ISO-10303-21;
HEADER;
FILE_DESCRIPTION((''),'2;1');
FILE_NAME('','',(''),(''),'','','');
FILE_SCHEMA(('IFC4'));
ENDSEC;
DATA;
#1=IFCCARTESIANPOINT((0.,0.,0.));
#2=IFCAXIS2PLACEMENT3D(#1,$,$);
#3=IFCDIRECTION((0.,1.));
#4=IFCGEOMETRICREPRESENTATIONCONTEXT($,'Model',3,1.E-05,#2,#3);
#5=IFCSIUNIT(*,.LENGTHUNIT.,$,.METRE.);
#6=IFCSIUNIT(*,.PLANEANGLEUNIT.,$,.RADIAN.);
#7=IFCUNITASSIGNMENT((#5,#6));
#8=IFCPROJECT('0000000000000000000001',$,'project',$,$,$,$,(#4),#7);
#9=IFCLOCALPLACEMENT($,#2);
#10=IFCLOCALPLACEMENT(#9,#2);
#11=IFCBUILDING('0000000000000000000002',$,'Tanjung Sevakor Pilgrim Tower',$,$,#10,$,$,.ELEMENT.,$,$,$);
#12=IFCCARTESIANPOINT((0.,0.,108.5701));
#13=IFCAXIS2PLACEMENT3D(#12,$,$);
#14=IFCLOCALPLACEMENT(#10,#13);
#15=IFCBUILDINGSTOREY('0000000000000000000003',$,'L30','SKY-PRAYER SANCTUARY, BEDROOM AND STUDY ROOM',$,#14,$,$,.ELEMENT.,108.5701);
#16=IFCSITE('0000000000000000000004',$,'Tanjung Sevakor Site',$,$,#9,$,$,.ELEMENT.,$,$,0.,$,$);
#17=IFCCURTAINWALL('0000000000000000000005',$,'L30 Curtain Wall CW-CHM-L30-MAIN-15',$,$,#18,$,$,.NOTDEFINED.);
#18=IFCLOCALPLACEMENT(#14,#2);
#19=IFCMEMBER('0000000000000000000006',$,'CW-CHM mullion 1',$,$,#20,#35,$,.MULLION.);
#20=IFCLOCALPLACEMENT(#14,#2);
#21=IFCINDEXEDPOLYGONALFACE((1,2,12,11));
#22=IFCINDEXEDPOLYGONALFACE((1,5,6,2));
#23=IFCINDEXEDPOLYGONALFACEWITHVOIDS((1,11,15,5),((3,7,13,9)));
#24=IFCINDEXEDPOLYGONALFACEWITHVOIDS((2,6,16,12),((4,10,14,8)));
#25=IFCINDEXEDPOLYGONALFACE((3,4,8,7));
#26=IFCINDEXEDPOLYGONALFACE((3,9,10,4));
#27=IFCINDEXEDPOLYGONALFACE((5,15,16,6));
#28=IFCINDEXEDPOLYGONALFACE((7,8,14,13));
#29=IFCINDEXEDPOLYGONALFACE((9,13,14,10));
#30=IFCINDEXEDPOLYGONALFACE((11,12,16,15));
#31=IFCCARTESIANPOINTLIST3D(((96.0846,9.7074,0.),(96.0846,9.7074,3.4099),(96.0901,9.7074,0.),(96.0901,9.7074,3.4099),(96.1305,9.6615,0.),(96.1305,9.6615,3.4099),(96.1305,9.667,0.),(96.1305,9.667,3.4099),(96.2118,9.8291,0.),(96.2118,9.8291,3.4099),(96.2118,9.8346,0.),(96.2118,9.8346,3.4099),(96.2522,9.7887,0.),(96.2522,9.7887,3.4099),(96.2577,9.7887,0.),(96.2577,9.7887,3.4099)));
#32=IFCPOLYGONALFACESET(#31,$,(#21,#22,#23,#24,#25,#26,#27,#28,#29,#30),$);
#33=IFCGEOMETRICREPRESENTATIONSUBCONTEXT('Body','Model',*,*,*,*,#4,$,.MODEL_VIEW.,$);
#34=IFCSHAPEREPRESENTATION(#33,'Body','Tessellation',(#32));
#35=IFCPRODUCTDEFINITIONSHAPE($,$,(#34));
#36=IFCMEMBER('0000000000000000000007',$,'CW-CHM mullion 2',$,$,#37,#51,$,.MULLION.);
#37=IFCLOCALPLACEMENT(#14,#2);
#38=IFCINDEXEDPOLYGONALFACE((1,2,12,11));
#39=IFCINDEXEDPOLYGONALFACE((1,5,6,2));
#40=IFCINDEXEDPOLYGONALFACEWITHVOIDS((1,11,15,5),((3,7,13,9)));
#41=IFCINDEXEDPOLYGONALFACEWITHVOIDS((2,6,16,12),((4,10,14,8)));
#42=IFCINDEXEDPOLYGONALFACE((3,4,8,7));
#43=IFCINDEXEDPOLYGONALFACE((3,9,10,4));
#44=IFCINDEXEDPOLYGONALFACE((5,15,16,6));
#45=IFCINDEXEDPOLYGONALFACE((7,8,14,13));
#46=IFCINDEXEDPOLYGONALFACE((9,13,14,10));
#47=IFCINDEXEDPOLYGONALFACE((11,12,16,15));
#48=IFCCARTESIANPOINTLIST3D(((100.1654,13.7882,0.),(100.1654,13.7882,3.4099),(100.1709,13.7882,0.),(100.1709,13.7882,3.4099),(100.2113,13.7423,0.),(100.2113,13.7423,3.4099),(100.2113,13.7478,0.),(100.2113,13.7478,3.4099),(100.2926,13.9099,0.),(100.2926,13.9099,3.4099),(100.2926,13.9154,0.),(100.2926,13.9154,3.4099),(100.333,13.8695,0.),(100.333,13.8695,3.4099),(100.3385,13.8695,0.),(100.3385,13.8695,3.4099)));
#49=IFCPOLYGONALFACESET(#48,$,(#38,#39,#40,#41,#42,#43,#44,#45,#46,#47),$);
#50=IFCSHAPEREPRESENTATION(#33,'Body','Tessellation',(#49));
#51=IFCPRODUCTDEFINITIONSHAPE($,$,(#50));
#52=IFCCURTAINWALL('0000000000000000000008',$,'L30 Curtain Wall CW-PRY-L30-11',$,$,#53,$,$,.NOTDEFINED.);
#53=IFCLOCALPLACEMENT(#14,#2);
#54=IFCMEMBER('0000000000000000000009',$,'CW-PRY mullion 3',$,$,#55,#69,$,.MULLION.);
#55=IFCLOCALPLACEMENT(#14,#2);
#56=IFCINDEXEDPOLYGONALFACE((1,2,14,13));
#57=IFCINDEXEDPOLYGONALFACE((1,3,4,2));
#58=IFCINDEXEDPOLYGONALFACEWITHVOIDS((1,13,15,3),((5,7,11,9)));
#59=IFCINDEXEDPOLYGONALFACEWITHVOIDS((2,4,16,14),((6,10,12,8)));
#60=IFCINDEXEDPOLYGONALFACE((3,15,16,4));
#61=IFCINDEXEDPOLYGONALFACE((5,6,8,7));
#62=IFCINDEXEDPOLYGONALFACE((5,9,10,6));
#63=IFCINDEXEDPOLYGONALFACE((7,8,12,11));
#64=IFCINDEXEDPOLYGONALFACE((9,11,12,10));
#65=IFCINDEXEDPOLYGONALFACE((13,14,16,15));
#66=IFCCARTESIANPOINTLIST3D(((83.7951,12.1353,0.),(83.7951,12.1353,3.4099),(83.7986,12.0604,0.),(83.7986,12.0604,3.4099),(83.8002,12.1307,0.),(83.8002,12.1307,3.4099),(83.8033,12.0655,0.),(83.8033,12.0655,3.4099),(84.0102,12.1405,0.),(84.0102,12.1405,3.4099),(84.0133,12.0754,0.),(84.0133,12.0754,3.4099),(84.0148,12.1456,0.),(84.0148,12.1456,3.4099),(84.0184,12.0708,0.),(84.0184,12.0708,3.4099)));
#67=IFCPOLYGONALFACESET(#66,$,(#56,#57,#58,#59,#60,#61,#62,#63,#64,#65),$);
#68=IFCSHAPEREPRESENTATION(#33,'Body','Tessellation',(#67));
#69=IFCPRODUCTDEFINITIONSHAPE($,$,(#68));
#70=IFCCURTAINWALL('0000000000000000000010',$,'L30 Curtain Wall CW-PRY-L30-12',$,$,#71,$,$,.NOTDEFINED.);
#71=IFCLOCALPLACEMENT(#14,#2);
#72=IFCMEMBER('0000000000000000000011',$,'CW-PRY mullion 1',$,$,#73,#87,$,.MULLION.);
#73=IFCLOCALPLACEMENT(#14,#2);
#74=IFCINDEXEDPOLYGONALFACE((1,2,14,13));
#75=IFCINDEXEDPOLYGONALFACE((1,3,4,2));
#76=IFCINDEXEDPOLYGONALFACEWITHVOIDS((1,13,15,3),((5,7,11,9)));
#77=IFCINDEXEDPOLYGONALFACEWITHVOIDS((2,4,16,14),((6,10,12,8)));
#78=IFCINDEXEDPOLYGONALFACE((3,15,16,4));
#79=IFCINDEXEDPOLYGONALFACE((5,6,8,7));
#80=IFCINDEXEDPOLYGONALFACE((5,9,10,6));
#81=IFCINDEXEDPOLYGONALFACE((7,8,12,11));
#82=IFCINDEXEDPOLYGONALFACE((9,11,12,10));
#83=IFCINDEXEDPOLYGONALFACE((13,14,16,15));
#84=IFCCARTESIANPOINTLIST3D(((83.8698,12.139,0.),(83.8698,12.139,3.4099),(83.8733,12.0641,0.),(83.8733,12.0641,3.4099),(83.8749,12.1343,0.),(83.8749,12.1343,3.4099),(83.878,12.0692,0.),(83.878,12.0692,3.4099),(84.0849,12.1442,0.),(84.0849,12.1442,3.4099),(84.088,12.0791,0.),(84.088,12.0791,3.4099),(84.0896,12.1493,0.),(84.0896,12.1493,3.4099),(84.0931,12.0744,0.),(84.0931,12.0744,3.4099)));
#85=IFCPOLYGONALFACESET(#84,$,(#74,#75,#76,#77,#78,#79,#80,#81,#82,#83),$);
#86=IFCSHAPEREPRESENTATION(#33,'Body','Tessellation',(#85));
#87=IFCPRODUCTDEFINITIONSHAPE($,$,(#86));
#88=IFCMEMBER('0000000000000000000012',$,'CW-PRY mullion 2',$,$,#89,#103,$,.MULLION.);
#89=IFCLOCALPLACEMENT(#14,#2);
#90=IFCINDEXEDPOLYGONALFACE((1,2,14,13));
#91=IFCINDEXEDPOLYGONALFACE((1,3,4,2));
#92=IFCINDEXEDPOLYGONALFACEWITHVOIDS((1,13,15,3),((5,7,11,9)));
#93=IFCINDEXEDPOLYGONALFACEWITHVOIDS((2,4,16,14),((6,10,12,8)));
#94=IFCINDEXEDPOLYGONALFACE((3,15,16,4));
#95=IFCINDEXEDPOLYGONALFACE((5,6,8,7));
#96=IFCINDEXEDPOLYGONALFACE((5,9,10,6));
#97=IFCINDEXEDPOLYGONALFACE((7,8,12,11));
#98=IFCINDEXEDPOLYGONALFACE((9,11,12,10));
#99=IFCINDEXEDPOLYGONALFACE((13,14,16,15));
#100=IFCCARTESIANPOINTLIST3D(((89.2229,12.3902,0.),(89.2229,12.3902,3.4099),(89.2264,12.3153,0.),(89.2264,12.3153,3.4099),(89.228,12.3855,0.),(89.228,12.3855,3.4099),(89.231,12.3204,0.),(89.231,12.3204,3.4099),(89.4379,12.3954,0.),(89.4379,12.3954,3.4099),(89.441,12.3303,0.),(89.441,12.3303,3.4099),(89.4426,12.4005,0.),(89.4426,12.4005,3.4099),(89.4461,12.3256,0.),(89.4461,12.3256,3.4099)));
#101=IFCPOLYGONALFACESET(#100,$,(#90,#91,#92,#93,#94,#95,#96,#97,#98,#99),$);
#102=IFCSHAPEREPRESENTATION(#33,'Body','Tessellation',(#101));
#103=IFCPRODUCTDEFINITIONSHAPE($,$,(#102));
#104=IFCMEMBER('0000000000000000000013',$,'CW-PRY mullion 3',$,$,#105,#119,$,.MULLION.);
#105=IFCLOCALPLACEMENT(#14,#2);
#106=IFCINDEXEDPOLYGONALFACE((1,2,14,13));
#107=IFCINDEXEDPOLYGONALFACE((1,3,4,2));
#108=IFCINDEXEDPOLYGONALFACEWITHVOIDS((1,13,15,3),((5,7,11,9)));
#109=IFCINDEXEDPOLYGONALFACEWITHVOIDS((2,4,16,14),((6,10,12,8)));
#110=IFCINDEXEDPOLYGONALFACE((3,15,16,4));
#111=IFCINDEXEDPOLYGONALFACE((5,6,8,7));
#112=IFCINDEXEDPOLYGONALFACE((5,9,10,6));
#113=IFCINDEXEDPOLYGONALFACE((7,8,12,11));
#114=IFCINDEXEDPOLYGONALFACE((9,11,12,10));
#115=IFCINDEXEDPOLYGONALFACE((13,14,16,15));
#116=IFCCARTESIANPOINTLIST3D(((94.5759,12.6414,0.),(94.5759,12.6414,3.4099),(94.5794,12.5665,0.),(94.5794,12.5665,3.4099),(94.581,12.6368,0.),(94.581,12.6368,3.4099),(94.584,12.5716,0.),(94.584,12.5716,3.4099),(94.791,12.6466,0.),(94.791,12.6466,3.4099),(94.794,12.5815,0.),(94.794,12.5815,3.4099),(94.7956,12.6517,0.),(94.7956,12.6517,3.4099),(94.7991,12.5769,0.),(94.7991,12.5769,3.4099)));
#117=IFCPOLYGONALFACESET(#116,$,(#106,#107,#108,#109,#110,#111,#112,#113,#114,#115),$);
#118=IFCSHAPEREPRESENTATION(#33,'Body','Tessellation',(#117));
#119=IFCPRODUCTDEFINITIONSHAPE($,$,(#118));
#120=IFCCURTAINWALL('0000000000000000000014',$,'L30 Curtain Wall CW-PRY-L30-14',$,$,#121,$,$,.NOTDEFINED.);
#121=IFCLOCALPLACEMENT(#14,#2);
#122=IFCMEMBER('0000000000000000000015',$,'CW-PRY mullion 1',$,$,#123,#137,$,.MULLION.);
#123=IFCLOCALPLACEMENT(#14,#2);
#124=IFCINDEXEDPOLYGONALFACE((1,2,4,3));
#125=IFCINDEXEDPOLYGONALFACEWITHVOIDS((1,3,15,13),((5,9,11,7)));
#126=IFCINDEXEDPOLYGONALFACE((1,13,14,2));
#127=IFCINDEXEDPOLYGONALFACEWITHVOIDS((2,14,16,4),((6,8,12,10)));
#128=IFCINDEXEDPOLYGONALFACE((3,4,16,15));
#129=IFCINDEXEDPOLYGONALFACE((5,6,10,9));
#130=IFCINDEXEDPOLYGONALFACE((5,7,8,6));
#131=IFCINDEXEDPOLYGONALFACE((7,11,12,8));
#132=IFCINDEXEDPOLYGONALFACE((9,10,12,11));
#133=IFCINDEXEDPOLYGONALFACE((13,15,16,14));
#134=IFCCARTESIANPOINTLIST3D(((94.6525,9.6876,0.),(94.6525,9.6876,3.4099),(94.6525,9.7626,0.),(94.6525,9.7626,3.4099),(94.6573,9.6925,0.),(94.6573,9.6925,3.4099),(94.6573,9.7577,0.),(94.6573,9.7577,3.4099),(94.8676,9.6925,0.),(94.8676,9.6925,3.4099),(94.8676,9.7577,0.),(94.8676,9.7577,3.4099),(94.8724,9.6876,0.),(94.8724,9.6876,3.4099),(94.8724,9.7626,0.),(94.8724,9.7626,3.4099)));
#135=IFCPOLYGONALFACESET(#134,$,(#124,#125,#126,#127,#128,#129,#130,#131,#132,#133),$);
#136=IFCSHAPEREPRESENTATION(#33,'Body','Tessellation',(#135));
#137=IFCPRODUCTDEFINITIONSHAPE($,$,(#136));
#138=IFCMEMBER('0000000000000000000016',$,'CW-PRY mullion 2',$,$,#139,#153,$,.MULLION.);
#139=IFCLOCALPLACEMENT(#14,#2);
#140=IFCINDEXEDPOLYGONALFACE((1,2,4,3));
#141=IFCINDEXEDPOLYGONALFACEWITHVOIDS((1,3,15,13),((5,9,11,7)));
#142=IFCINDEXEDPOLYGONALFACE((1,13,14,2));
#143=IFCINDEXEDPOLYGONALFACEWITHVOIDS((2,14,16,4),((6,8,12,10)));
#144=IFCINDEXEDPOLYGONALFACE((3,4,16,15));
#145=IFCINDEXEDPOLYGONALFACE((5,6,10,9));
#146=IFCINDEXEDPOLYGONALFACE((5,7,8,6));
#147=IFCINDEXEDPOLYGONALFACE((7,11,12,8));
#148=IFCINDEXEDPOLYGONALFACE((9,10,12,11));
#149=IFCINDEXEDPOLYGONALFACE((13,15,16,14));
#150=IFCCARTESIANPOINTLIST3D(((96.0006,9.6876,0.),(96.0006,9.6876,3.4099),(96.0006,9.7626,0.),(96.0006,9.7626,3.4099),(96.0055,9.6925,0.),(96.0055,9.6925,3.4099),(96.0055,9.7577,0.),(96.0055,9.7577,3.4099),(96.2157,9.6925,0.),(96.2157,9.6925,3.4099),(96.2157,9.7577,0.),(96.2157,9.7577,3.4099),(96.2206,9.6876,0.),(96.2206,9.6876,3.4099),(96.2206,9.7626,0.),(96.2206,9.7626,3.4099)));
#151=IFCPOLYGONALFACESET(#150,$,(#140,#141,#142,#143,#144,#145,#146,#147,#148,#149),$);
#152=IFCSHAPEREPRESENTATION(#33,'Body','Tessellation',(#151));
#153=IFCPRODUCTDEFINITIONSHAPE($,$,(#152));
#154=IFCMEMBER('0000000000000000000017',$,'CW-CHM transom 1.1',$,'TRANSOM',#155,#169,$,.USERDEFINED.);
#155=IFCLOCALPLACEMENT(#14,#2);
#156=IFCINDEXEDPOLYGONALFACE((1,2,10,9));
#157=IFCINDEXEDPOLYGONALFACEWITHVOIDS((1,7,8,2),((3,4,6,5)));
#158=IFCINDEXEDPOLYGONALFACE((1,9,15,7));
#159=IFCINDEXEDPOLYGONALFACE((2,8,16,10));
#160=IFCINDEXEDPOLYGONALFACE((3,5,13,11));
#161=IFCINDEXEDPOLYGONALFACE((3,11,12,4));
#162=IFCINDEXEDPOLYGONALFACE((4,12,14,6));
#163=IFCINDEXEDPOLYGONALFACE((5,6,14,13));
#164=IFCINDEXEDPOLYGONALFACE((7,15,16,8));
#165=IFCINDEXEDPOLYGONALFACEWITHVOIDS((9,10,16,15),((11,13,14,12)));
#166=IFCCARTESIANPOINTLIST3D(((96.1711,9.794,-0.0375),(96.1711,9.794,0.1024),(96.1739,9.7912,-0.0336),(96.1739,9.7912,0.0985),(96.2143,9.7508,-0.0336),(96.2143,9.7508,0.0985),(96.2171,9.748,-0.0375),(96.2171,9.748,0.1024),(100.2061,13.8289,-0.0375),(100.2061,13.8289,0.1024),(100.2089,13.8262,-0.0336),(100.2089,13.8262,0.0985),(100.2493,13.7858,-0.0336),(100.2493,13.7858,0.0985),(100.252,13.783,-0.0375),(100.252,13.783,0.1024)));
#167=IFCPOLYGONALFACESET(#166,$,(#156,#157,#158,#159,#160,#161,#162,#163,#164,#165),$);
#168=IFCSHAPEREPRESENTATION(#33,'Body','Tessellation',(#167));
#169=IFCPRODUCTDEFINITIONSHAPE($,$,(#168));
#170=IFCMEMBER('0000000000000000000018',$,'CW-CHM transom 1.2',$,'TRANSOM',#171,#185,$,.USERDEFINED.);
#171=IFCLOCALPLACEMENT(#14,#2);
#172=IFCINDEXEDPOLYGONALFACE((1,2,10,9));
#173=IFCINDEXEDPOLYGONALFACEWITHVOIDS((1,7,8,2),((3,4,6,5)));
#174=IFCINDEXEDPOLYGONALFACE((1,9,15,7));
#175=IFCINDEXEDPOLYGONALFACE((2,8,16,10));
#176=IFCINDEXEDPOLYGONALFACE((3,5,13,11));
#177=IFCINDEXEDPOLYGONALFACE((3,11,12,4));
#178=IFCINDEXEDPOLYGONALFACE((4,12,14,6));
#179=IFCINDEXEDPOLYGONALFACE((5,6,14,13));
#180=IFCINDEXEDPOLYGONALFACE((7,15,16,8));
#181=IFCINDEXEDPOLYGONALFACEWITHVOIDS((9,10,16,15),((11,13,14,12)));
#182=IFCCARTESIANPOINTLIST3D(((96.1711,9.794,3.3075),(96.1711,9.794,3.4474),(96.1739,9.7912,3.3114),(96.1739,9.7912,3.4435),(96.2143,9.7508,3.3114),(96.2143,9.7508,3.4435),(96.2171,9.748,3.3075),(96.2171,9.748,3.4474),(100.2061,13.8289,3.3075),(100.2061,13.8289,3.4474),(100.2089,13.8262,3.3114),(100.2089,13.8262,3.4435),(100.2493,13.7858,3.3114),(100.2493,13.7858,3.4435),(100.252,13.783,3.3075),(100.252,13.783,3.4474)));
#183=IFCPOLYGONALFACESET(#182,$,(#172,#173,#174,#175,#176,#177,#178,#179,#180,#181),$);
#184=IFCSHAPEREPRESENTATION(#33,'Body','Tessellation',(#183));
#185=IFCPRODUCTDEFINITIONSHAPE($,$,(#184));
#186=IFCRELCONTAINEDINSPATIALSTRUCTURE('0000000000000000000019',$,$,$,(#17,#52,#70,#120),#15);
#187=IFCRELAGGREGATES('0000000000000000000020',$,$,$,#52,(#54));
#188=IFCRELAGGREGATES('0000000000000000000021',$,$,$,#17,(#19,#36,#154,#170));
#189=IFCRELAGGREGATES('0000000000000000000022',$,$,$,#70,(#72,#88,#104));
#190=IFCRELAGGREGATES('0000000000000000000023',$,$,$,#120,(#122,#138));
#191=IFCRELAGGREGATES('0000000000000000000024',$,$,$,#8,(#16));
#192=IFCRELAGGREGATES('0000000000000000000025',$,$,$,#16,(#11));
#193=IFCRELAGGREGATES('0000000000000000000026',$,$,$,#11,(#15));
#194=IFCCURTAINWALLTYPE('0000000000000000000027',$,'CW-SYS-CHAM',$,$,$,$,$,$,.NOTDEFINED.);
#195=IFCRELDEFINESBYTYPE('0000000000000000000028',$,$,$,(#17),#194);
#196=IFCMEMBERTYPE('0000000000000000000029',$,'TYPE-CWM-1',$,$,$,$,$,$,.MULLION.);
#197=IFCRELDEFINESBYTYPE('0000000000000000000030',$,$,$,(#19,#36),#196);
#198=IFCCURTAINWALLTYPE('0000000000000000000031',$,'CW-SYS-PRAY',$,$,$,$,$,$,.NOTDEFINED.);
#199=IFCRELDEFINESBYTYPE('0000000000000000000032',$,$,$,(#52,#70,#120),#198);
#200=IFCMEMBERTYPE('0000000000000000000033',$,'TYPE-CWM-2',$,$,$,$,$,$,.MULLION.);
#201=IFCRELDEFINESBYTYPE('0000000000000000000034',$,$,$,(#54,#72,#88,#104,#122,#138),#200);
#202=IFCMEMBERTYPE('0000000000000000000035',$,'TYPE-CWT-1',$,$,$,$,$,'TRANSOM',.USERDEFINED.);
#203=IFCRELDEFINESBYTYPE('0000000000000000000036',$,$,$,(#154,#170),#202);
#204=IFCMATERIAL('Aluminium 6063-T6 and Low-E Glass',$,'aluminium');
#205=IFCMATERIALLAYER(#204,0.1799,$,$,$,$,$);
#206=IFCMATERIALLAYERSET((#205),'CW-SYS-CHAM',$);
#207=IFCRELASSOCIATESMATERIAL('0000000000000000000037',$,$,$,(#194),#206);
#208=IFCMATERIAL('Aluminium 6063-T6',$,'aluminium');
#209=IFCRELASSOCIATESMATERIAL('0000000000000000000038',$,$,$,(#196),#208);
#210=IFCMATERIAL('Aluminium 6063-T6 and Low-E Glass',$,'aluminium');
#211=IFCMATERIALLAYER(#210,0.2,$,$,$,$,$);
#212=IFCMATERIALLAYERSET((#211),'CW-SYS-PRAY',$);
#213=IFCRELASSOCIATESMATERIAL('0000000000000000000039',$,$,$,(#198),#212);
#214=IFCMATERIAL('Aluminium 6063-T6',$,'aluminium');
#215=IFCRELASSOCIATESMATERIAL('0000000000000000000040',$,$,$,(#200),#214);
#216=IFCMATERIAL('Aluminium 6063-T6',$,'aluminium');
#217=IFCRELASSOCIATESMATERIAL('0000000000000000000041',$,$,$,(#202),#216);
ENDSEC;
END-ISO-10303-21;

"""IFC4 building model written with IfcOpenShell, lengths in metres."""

from ifc_helpers import new_model, si_unit, direction, frame, origin, origin_2d, place, context, subcontext, project, spatial, hollow_rectangle, extrude, material, layer, layer_set, material_profile, profile_set, type_object, element, aggregate, save


model = new_model("IFC4")

# Units and contexts
model_context = context("Model", 3, precision=1e-05, world=origin(), true_north=direction((0.0, 1.0)))
body_context = subcontext(model_context, "Body", "Model", "MODEL_VIEW")
ifc_project = project(units=[si_unit("LENGTHUNIT", "METRE"), si_unit("PLANEANGLEUNIT", "RADIAN")], contexts=[model_context])

# Site, building, storey
site_placement = place(None, origin())
site = spatial("IfcSite", under=ifc_project, at=site_placement, Name="Tanjung Sevakor Site", CompositionType="ELEMENT", RefElevation=0.0)
building_placement = place(site_placement, origin())
building = spatial("IfcBuilding", under=site, at=building_placement, Name="Tanjung Sevakor Pilgrim Tower", CompositionType="ELEMENT")
storey_placement = place(building_placement, frame((0.0, 0.0, 108.5701)))
storey = spatial("IfcBuildingStorey", under=building, at=storey_placement, Name="L30", Description="SKY-PRAYER SANCTUARY, BEDROOM AND STUDY ROOM", CompositionType="ELEMENT", Elevation=108.5701)

# Curtain wall, members
ifc_material_1 = material(Name="Aluminium 6063-T6 and Low-E Glass", Category="aluminium")
ifc_layer_1 = layer(ifc_material_1, 0.1799)
ifc_layer_set_1 = layer_set([ifc_layer_1], Name="CW-SYS-CHAM")
curtain_wall_type_1 = type_object("IfcCurtainWallType", Name="CW-SYS-CHAM", PredefinedType="NOTDEFINED", material=ifc_layer_set_1)
curtain_wall_1_placement = place(storey_placement, origin())
curtain_wall_1 = element("IfcCurtainWall", 1, at=curtain_wall_1_placement, inside=storey, type_object=curtain_wall_type_1, Name="L30 Curtain Wall CW-CHM-L30-MAIN-15", PredefinedType="NOTDEFINED")
ifc_material_2 = material(Name="Aluminium 6063-T6", Category="aluminium")
ifc_material_profile_1 = material_profile(ifc_material_2, hollow_rectangle(XDim=0.0649, YDim=0.1799, WallThickness=0.0039, at=origin_2d()))
ifc_profile_set_1 = profile_set([ifc_material_profile_1], Name="Aluminium 6063-T6")
member_type_1 = type_object("IfcMemberType", Name="TYPE-CWM-1", PredefinedType="MULLION", material=ifc_profile_set_1)
member_1_placement = place(storey_placement, frame((96.1711, 9.748, 0.0), z_axis=(0.0, 0.0, 1.0), x_axis=(-0.707107, 0.707107, 0.0)))
member_1 = element("IfcMember", 2, at=member_1_placement, type_object=member_type_1, Name="CW-CHM mullion 1", PredefinedType="MULLION", context=body_context, shape_type="SweptSolid", body=[
    extrude(hollow_rectangle(XDim=0.0649, YDim=0.1799, WallThickness=0.0039, at=origin_2d()), origin(), (0.0, 0.0, 1.0), 3.4099),
])
member_2_placement = place(storey_placement, frame((100.252, 13.8289, 0.0), z_axis=(0.0, 0.0, 1.0), x_axis=(-0.707107, 0.707107, 0.0)))
member_2 = element("IfcMember", 3, at=member_2_placement, type_object=member_type_1, Name="CW-CHM mullion 2", PredefinedType="MULLION", context=body_context, shape_type="SweptSolid", body=[
    extrude(hollow_rectangle(XDim=0.0649, YDim=0.1799, WallThickness=0.0039, at=origin_2d()), origin(), (0.0, 0.0, 1.0), 3.4099),
])

# Curtain wall, member
ifc_material_3 = material(Name="Aluminium 6063-T6 and Low-E Glass", Category="aluminium")
ifc_layer_2 = layer(ifc_material_3, 0.2)
ifc_layer_set_2 = layer_set([ifc_layer_2], Name="CW-SYS-PRAY")
curtain_wall_type_2 = type_object("IfcCurtainWallType", Name="CW-SYS-PRAY", PredefinedType="NOTDEFINED", material=ifc_layer_set_2)
curtain_wall_2_placement = place(storey_placement, origin())
curtain_wall_2 = element("IfcCurtainWall", 4, at=curtain_wall_2_placement, inside=storey, type_object=curtain_wall_type_2, Name="L30 Curtain Wall CW-PRY-L30-11", PredefinedType="NOTDEFINED")
ifc_material_4 = material(Name="Aluminium 6063-T6", Category="aluminium")
ifc_material_profile_2 = material_profile(ifc_material_4, hollow_rectangle(XDim=0.075, YDim=0.22, WallThickness=0.0049, at=origin_2d()))
ifc_profile_set_2 = profile_set([ifc_material_profile_2], Name="Aluminium 6063-T6")
member_type_2 = type_object("IfcMemberType", Name="TYPE-CWM-2", PredefinedType="MULLION", material=ifc_profile_set_2)
member_3_placement = place(storey_placement, frame((83.9067, 12.103, 0.0), z_axis=(0.0, 0.0, 1.0), x_axis=(-0.046904, 0.998899, 0.0)))
member_3 = element("IfcMember", 5, at=member_3_placement, type_object=member_type_2, Name="CW-PRY mullion 3", PredefinedType="MULLION", context=body_context, shape_type="SweptSolid", body=[
    extrude(hollow_rectangle(XDim=0.075, YDim=0.22, WallThickness=0.0049, at=origin_2d()), origin(), (0.0, 0.0, 1.0), 3.4099),
])
aggregate(curtain_wall_2, [member_3])

# Curtain walls, members
curtain_wall_3_placement = place(storey_placement, origin())
curtain_wall_3 = element("IfcCurtainWall", 6, at=curtain_wall_3_placement, inside=storey, type_object=curtain_wall_type_2, Name="L30 Curtain Wall CW-PRY-L30-12", PredefinedType="NOTDEFINED")
member_4_placement = place(storey_placement, frame((83.9814, 12.1067, 0.0), z_axis=(0.0, 0.0, 1.0), x_axis=(-0.046892, 0.9989, 0.0)))
member_4 = element("IfcMember", 7, at=member_4_placement, type_object=member_type_2, Name="CW-PRY mullion 1", PredefinedType="MULLION", context=body_context, shape_type="SweptSolid", body=[
    extrude(hollow_rectangle(XDim=0.075, YDim=0.22, WallThickness=0.0049, at=origin_2d()), origin(), (0.0, 0.0, 1.0), 3.4099),
])
member_5_placement = place(storey_placement, frame((89.3345, 12.3579, 0.0), z_axis=(0.0, 0.0, 1.0), x_axis=(-0.046892, 0.9989, 0.0)))
member_5 = element("IfcMember", 8, at=member_5_placement, type_object=member_type_2, Name="CW-PRY mullion 2", PredefinedType="MULLION", context=body_context, shape_type="SweptSolid", body=[
    extrude(hollow_rectangle(XDim=0.075, YDim=0.22, WallThickness=0.0049, at=origin_2d()), origin(), (0.0, 0.0, 1.0), 3.4099),
])
member_6_placement = place(storey_placement, frame((94.6875, 12.6091, 0.0), z_axis=(0.0, 0.0, 1.0), x_axis=(-0.046892, 0.9989, 0.0)))
member_6 = element("IfcMember", 9, at=member_6_placement, type_object=member_type_2, Name="CW-PRY mullion 3", PredefinedType="MULLION", context=body_context, shape_type="SweptSolid", body=[
    extrude(hollow_rectangle(XDim=0.075, YDim=0.22, WallThickness=0.0049, at=origin_2d()), origin(), (0.0, 0.0, 1.0), 3.4099),
])
curtain_wall_4_placement = place(storey_placement, origin())
curtain_wall_4 = element("IfcCurtainWall", 10, at=curtain_wall_4_placement, inside=storey, type_object=curtain_wall_type_2, Name="L30 Curtain Wall CW-PRY-L30-14", PredefinedType="NOTDEFINED")
member_7_placement = place(storey_placement, frame((94.7625, 9.7251, 0.0), z_axis=(0.0, 0.0, 1.0), x_axis=(0.0, 1.0, 0.0)))
member_7 = element("IfcMember", 11, at=member_7_placement, type_object=member_type_2, Name="CW-PRY mullion 1", PredefinedType="MULLION", context=body_context, shape_type="SweptSolid", body=[
    extrude(hollow_rectangle(XDim=0.075, YDim=0.22, WallThickness=0.0049, at=origin_2d()), origin(), (0.0, 0.0, 1.0), 3.4099),
])
member_8_placement = place(storey_placement, frame((96.1106, 9.7251, 0.0), z_axis=(0.0, 0.0, 1.0), x_axis=(0.0, 1.0, 0.0)))
member_8 = element("IfcMember", 12, at=member_8_placement, type_object=member_type_2, Name="CW-PRY mullion 2", PredefinedType="MULLION", context=body_context, shape_type="SweptSolid", body=[
    extrude(hollow_rectangle(XDim=0.075, YDim=0.22, WallThickness=0.0049, at=origin_2d()), origin(), (0.0, 0.0, 1.0), 3.4099),
])

# Members
ifc_material_5 = material(Name="Aluminium 6063-T6", Category="aluminium")
ifc_material_profile_3 = material_profile(ifc_material_5, hollow_rectangle(XDim=0.0649, YDim=0.1399, WallThickness=0.0039, at=origin_2d()))
ifc_profile_set_3 = profile_set([ifc_material_profile_3], Name="Aluminium 6063-T6")
member_type_3 = type_object("IfcMemberType", Name="TYPE-CWT-1", ElementType="TRANSOM", PredefinedType="USERDEFINED", material=ifc_profile_set_3)
member_9_placement = place(storey_placement, frame((96.1941, 9.771, 0.0325), z_axis=(0.707107, 0.707107, 0.0), x_axis=(-0.707107, 0.707107, 0.0)))
member_9 = element("IfcMember", 13, at=member_9_placement, type_object=member_type_3, Name="CW-CHM transom 1.1", ObjectType="TRANSOM", PredefinedType="USERDEFINED", context=body_context, shape_type="SweptSolid", body=[
    extrude(hollow_rectangle(XDim=0.0649, YDim=0.1399, WallThickness=0.0039, at=origin_2d()), origin(), (0.0, 0.0, 1.0), 5.7063),
])
member_10_placement = place(storey_placement, frame((96.1941, 9.771, 3.3774), z_axis=(0.707107, 0.707107, 0.0), x_axis=(-0.707107, 0.707107, 0.0)))
member_10 = element("IfcMember", 14, at=member_10_placement, type_object=member_type_3, Name="CW-CHM transom 1.2", ObjectType="TRANSOM", PredefinedType="USERDEFINED", context=body_context, shape_type="SweptSolid", body=[
    extrude(hollow_rectangle(XDim=0.0649, YDim=0.1399, WallThickness=0.0039, at=origin_2d()), origin(), (0.0, 0.0, 1.0), 5.7063),
])

aggregate(curtain_wall_1, [member_1, member_2, member_9, member_10])
aggregate(curtain_wall_3, [member_4, member_5, member_6])
aggregate(curtain_wall_4, [member_7, member_8])

save(model, "model.ifc")
